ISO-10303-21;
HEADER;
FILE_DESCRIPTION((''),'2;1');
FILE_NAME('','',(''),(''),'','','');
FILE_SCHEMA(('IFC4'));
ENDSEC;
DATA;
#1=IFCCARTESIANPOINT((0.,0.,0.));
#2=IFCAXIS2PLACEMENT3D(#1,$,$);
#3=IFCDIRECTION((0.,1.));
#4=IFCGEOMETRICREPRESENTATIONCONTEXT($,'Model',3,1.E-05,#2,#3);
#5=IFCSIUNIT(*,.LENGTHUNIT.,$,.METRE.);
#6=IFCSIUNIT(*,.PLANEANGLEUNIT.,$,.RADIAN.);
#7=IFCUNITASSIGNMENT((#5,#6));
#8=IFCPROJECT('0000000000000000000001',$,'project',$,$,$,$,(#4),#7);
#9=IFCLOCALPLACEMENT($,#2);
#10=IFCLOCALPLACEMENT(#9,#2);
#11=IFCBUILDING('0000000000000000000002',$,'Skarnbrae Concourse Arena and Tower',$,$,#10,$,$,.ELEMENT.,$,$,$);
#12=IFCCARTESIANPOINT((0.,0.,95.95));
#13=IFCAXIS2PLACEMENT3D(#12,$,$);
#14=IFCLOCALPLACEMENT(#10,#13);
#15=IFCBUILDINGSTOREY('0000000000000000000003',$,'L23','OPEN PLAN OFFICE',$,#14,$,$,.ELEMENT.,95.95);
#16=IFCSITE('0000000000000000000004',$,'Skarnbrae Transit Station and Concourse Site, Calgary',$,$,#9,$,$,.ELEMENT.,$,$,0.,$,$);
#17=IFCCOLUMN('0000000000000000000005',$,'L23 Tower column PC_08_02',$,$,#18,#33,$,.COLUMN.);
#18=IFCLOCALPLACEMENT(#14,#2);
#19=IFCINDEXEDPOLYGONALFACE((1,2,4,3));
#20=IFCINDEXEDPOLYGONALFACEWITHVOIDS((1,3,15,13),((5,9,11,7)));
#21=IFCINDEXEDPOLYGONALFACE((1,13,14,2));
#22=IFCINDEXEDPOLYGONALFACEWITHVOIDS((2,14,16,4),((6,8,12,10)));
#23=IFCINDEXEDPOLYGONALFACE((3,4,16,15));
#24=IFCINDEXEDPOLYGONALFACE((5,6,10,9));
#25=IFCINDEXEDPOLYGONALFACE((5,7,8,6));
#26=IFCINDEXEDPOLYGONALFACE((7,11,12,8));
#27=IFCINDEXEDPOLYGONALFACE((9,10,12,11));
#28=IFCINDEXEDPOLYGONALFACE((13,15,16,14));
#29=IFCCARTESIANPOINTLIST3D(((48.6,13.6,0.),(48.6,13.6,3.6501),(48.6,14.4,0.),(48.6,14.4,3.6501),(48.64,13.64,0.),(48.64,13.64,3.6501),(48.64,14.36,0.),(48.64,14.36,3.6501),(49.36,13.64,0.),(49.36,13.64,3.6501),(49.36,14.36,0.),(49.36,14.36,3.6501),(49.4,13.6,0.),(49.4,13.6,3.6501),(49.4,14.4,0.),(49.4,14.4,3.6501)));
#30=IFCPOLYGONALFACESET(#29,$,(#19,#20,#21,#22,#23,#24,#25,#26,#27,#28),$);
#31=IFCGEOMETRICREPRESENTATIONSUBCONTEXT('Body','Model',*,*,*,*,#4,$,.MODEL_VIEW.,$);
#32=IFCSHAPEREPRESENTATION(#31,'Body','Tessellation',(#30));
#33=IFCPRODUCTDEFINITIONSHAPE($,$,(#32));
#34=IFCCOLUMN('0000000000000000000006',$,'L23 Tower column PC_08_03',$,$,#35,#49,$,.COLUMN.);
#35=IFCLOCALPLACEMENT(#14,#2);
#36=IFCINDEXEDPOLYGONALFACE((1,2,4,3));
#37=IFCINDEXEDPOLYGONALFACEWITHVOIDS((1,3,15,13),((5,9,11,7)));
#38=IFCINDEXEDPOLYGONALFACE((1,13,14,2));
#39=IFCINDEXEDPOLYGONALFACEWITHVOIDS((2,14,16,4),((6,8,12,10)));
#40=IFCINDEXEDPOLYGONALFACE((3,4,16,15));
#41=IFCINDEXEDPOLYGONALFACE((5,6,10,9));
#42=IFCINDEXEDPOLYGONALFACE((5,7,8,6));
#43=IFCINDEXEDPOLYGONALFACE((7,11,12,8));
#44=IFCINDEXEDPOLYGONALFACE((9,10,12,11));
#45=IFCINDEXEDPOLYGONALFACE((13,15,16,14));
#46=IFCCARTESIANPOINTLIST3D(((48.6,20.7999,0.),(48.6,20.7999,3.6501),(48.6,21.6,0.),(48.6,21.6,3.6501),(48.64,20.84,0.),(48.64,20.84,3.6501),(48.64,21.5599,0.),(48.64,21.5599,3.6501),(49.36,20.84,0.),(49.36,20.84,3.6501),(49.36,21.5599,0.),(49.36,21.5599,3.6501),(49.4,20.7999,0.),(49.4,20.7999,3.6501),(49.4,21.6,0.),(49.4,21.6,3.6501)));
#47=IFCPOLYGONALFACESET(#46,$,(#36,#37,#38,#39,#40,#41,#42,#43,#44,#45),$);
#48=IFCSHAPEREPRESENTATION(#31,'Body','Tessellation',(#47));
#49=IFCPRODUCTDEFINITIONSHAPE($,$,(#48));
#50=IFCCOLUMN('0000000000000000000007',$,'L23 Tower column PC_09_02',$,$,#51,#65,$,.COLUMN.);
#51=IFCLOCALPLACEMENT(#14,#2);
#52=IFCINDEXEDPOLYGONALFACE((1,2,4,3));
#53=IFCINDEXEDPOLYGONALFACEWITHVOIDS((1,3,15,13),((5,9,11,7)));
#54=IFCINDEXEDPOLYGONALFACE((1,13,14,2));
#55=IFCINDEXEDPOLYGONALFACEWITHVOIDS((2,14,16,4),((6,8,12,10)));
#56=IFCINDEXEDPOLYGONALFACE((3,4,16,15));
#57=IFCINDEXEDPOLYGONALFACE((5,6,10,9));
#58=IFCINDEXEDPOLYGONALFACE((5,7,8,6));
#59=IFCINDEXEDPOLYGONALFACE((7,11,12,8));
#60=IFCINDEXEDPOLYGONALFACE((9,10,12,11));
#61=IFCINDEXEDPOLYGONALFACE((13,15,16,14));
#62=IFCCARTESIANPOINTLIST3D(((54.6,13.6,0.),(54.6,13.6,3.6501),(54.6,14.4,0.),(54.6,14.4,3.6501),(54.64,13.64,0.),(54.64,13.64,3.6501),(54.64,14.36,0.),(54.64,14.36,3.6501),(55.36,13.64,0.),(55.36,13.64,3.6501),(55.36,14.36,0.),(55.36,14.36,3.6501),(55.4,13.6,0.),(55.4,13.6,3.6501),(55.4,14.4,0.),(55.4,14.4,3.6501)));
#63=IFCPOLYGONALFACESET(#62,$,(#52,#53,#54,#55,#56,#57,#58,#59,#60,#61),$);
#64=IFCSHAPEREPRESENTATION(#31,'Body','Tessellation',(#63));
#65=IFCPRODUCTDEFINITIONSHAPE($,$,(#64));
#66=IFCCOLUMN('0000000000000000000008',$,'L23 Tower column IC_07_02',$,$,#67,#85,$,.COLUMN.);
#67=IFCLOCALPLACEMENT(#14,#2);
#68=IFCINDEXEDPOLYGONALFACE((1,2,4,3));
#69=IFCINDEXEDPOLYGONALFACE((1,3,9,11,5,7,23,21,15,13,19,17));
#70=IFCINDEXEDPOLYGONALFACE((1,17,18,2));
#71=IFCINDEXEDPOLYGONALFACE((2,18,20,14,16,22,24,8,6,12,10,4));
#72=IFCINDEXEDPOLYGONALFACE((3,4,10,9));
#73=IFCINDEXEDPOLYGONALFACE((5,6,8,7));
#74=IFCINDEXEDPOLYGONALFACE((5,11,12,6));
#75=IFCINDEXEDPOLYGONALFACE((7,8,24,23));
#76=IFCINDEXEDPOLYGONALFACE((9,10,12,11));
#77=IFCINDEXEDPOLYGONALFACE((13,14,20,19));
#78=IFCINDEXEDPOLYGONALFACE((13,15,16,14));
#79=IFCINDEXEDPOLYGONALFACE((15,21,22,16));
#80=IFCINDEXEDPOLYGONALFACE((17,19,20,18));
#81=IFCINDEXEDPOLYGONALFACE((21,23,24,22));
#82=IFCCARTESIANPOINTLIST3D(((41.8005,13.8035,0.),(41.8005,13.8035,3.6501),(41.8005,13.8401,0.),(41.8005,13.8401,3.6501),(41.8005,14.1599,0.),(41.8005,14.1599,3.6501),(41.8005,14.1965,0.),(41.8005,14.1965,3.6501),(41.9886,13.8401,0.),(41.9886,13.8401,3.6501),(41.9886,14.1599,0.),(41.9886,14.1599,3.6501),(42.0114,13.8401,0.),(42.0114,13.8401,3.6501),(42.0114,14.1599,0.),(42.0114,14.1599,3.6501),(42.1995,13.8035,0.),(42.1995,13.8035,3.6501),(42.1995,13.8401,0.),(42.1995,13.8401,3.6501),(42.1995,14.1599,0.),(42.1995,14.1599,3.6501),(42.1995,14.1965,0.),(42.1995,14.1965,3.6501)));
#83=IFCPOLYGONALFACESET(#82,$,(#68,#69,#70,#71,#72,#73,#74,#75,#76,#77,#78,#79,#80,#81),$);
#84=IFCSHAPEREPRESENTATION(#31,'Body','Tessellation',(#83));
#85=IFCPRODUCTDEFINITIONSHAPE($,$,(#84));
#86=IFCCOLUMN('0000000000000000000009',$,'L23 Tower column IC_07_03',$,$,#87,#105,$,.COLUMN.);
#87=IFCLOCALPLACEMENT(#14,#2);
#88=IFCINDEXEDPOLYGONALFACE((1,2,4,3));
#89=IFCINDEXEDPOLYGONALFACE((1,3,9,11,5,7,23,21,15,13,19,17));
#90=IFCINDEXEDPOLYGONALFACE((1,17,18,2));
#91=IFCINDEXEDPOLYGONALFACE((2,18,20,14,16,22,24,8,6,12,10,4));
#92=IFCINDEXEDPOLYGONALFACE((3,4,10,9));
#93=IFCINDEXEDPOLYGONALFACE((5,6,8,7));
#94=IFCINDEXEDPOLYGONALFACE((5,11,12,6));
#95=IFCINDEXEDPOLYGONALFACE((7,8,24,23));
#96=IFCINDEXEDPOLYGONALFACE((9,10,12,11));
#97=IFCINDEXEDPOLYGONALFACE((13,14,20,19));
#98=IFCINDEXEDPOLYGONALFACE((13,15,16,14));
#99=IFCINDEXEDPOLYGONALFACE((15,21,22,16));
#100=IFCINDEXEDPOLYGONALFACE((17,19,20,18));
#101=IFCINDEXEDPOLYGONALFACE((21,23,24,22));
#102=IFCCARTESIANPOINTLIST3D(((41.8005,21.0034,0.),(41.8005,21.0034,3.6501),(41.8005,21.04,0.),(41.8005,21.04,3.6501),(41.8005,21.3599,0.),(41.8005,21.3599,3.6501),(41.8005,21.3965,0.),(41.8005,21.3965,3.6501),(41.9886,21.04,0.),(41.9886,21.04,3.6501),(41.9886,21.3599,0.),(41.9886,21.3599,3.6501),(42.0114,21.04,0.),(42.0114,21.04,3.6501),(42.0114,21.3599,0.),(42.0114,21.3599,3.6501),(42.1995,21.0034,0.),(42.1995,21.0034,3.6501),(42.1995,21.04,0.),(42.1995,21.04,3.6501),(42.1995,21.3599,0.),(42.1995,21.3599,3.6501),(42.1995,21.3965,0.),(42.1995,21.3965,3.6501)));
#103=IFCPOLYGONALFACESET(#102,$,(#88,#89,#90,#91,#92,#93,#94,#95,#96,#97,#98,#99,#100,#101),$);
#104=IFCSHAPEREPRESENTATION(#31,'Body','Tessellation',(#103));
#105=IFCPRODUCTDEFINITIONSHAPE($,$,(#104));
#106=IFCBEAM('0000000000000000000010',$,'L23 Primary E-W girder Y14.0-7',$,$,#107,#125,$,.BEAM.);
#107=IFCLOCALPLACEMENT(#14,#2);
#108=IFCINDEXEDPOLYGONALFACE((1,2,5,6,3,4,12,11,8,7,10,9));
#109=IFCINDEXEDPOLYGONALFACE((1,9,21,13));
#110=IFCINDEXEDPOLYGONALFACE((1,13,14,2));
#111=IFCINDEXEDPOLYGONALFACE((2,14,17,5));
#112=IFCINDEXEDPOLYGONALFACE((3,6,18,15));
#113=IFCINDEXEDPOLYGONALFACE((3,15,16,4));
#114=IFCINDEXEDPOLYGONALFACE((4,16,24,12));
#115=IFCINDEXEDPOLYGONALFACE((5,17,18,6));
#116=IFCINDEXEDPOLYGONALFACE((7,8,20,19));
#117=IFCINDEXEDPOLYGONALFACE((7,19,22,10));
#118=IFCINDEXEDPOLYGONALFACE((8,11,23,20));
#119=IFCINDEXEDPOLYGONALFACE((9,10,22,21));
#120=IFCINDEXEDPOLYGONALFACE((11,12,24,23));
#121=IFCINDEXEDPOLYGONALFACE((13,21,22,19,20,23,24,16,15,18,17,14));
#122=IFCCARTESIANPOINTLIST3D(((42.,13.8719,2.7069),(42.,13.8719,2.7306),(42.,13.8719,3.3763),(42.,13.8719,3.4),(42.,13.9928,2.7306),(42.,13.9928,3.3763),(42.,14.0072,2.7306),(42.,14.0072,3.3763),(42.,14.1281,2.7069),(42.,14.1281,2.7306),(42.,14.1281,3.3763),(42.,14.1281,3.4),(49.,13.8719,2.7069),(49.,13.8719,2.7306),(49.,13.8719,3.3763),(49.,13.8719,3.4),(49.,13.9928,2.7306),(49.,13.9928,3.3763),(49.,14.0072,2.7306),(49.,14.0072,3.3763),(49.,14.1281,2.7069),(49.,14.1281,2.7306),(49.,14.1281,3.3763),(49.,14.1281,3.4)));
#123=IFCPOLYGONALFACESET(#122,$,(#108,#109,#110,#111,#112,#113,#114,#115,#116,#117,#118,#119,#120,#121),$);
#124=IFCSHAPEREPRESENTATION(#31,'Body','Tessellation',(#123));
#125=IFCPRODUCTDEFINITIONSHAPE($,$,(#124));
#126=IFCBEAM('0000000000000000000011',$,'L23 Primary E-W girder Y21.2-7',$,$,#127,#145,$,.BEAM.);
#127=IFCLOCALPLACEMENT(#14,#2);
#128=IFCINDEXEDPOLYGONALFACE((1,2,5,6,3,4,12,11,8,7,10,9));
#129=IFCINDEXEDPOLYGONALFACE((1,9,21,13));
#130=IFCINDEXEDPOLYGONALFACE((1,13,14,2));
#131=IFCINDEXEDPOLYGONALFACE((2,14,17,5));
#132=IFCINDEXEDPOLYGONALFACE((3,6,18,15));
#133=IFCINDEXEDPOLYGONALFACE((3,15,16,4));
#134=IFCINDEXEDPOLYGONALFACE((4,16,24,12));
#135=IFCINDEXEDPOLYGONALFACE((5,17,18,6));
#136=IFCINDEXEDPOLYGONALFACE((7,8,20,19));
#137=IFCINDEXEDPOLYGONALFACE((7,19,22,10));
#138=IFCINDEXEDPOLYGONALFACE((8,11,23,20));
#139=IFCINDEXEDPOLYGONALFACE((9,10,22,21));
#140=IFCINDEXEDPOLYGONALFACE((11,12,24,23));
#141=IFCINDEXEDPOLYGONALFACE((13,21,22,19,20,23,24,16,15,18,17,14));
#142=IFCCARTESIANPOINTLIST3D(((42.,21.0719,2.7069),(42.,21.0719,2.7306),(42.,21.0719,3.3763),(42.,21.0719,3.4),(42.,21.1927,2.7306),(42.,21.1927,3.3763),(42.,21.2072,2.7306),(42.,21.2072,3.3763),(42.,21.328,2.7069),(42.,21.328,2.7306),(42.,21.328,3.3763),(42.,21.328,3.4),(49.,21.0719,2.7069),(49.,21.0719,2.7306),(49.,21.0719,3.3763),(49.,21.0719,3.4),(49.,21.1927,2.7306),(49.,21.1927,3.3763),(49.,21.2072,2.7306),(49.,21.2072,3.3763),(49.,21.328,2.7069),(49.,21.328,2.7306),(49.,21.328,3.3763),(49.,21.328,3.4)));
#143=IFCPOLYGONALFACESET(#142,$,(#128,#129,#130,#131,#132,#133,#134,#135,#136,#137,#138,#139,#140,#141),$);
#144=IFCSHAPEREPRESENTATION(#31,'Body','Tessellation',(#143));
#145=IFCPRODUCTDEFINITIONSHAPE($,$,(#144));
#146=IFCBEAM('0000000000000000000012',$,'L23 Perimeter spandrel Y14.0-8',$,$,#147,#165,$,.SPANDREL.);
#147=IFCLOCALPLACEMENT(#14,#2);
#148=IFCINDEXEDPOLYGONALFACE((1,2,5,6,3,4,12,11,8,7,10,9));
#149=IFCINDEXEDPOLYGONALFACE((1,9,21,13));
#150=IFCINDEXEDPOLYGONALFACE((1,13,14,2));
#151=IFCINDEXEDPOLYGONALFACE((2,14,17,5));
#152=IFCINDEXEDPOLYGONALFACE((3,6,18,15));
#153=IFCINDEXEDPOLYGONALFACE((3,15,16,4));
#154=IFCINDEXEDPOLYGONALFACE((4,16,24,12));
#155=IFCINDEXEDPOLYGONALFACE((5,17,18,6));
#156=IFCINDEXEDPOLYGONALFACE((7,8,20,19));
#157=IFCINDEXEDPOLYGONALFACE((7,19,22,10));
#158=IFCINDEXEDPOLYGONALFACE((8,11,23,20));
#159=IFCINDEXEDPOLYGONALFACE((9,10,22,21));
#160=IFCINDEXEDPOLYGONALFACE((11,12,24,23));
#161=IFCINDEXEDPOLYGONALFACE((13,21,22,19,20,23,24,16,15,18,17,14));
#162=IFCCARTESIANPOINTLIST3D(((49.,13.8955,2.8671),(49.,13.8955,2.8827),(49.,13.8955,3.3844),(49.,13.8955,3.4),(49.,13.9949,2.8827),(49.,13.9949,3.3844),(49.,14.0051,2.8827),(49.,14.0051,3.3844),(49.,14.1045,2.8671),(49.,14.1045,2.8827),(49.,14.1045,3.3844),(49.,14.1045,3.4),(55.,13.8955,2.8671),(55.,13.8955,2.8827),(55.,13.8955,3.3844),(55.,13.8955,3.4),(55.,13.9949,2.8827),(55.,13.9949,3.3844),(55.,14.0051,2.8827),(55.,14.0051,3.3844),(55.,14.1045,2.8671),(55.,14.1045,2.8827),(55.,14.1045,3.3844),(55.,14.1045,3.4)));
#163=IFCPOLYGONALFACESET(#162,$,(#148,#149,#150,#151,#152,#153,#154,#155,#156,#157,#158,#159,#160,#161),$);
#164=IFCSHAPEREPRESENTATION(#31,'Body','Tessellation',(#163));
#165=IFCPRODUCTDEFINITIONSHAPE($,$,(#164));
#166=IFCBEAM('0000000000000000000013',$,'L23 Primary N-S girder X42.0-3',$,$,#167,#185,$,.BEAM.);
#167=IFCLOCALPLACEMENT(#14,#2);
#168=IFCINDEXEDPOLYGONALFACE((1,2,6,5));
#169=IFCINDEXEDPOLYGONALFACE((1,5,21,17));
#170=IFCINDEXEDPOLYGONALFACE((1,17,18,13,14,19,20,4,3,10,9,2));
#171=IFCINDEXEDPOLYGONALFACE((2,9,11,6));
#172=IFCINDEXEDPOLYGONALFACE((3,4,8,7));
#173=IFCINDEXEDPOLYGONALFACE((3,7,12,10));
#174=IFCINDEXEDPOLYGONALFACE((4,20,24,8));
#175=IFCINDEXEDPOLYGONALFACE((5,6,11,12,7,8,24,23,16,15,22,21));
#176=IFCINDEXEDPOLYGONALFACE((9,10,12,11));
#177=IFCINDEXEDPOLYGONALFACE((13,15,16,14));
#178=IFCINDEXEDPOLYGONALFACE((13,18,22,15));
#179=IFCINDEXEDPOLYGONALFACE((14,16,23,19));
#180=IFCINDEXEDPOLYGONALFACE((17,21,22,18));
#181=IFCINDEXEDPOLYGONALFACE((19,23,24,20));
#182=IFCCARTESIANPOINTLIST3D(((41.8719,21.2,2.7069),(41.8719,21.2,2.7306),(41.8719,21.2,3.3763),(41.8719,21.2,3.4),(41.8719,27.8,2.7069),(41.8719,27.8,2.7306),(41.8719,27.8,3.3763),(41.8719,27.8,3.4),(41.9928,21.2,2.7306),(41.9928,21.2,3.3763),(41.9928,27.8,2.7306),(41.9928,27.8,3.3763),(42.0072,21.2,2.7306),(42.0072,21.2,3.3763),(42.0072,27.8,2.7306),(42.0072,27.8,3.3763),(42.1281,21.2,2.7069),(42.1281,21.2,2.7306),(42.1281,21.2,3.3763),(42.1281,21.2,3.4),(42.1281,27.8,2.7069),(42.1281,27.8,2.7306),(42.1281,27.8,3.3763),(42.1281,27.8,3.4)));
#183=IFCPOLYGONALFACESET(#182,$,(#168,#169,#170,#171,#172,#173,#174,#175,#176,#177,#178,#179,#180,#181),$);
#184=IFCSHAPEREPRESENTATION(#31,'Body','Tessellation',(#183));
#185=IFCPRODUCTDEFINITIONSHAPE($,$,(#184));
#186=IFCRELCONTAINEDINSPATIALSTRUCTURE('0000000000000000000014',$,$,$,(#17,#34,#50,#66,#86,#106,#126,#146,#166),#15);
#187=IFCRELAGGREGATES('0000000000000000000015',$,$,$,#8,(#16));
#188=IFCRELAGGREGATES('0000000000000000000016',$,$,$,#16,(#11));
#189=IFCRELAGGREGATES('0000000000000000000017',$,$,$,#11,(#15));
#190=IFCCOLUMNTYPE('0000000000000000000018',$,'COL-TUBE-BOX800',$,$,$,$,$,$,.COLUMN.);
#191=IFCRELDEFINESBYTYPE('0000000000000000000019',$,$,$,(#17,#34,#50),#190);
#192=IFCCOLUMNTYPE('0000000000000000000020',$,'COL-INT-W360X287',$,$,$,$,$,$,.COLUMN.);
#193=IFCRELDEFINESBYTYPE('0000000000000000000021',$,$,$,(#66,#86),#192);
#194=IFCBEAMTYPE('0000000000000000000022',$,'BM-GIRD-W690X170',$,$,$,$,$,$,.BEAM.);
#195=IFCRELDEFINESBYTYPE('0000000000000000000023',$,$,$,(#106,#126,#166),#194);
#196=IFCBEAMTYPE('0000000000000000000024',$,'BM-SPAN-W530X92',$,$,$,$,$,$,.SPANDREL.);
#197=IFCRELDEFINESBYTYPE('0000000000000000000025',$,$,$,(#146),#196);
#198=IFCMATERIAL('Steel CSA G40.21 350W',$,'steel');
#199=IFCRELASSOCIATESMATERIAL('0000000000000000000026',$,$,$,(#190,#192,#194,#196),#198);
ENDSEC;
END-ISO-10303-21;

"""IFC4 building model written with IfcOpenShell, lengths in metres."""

from ifc_helpers import new_model, si_unit, direction, frame, origin, origin_2d, place, context, subcontext, project, spatial, hollow_rectangle, i_section, extrude, source, transform, mapped, material, material_profile, profile_set, type_object, element, save


model = new_model("IFC4")

# Units and contexts
model_context = context("Model", 3, precision=1e-05, world=origin(), true_north=direction((0.0, 1.0)))
body_context = subcontext(model_context, "Body", "Model", "MODEL_VIEW")
ifc_project = project(units=[si_unit("LENGTHUNIT", "METRE"), si_unit("PLANEANGLEUNIT", "RADIAN")], contexts=[model_context])

# Site, building, storey
site_placement = place(None, origin())
site = spatial("IfcSite", under=ifc_project, at=site_placement, Name="Skarnbrae Transit Station and Concourse Site, Calgary", CompositionType="ELEMENT", RefElevation=0.0)
building_placement = place(site_placement, origin())
building = spatial("IfcBuilding", under=site, at=building_placement, Name="Skarnbrae Concourse Arena and Tower", CompositionType="ELEMENT")
storey_placement = place(building_placement, frame((0.0, 0.0, 95.95)))
storey = spatial("IfcBuildingStorey", under=building, at=storey_placement, Name="L23", Description="OPEN PLAN OFFICE", CompositionType="ELEMENT", Elevation=95.95)

# Columns
ifc_material_1 = material(Name="Steel CSA G40.21 350W", Category="steel")
ifc_material_profile_1 = material_profile(ifc_material_1, hollow_rectangle(XDim=0.8, YDim=0.8, WallThickness=0.04, at=origin_2d()), Name="BOX800X800X40")
ifc_profile_set_1 = profile_set([ifc_material_profile_1], Name="Steel CSA G40.21 350W")
column_type_1 = type_object("IfcColumnType", Name="COL-TUBE-BOX800", PredefinedType="COLUMN", material=ifc_profile_set_1)
shared_shape_1 = source(origin(), body_context, "Body", "SweptSolid", [
    extrude(hollow_rectangle(XDim=0.8, YDim=0.8, WallThickness=0.04, at=origin_2d()), origin(), (0.0, 0.0, 1.0), 3.6501),
])
for number, where, z_axis, x_axis, name in (
    (1, (49.0, 14.0, 0.0), (0.0, 0.0, 1.0), (1.0, 0.0, 0.0), "L23 Tower column PC_08_02"),
    (2, (49.0, 21.2, 0.0), (0.0, 0.0, 1.0), (1.0, 0.0, 0.0), "L23 Tower column PC_08_03"),
    (3, (55.0, 14.0, 0.0), (0.0, 0.0, 1.0), (1.0, 0.0, 0.0), "L23 Tower column PC_09_02"),
):
    element("IfcColumn", number, at=place(storey_placement, frame(where, z_axis=z_axis, x_axis=x_axis)), inside=storey, type_object=column_type_1, Name=name, PredefinedType="COLUMN", context=body_context, shape_type="MappedRepresentation", body=[
        mapped(shared_shape_1, transform((0.0, 0.0, 0.0))),
    ])
ifc_material_profile_2 = material_profile(ifc_material_1, i_section(OverallWidth=0.3989, OverallDepth=0.3931, WebThickness=0.0227, FlangeThickness=0.0366, at=origin_2d()), Name="W360X287")
ifc_profile_set_2 = profile_set([ifc_material_profile_2], Name="Steel CSA G40.21 350W")
column_type_2 = type_object("IfcColumnType", Name="COL-INT-W360X287", PredefinedType="COLUMN", material=ifc_profile_set_2)
shared_shape_2 = source(origin(), body_context, "Body", "SweptSolid", [
    extrude(i_section(OverallWidth=0.3989, OverallDepth=0.3931, WebThickness=0.0227, FlangeThickness=0.0366, at=origin_2d()), origin(), (0.0, 0.0, 1.0), 3.6501),
])
for number, where, z_axis, x_axis, name in (
    (4, (42.0, 14.0, 0.0), (0.0, 0.0, 1.0), (1.0, 0.0, 0.0), "L23 Tower column IC_07_02"),
    (5, (42.0, 21.2, 0.0), (0.0, 0.0, 1.0), (1.0, 0.0, 0.0), "L23 Tower column IC_07_03"),
):
    element("IfcColumn", number, at=place(storey_placement, frame(where, z_axis=z_axis, x_axis=x_axis)), inside=storey, type_object=column_type_2, Name=name, PredefinedType="COLUMN", context=body_context, shape_type="MappedRepresentation", body=[
        mapped(shared_shape_2, transform((0.0, 0.0, 0.0))),
    ])

# Beams
ifc_material_profile_3 = material_profile(ifc_material_1, i_section(OverallWidth=0.2561, OverallDepth=0.6931, WebThickness=0.0144, FlangeThickness=0.0237, at=origin_2d()), Name="W690X170")
ifc_profile_set_3 = profile_set([ifc_material_profile_3], Name="Steel CSA G40.21 350W")
beam_type_1 = type_object("IfcBeamType", Name="BM-GIRD-W690X170", PredefinedType="BEAM", material=ifc_profile_set_3)
shared_shape_3 = source(origin(), body_context, "Body", "SweptSolid", [
    extrude(i_section(OverallWidth=0.2561, OverallDepth=0.6931, WebThickness=0.0144, FlangeThickness=0.0237, at=origin_2d()), origin(), (0.0, 0.0, 1.0), 7.0),
])
for number, where, z_axis, x_axis, name in (
    (6, (42.0, 14.0, 3.0535), (1.0, 0.0, 0.0), (0.0, 1.0, 0.0), "L23 Primary E-W girder Y14.0-7"),
    (7, (42.0, 21.2, 3.0535), (1.0, 0.0, 0.0), (0.0, 1.0, 0.0), "L23 Primary E-W girder Y21.2-7"),
):
    element("IfcBeam", number, at=place(storey_placement, frame(where, z_axis=z_axis, x_axis=x_axis)), inside=storey, type_object=beam_type_1, Name=name, PredefinedType="BEAM", context=body_context, shape_type="MappedRepresentation", body=[
        mapped(shared_shape_3, transform((0.0, 0.0, 0.0))),
    ])
ifc_material_profile_4 = material_profile(ifc_material_1, i_section(OverallWidth=0.209, OverallDepth=0.533, WebThickness=0.0103, FlangeThickness=0.0156, at=origin_2d()), Name="W530X92")
ifc_profile_set_4 = profile_set([ifc_material_profile_4], Name="Steel CSA G40.21 350W")
beam_type_2 = type_object("IfcBeamType", Name="BM-SPAN-W530X92", PredefinedType="SPANDREL", material=ifc_profile_set_4)
shared_shape_4 = source(origin(), body_context, "Body", "SweptSolid", [
    extrude(i_section(OverallWidth=0.209, OverallDepth=0.533, WebThickness=0.0103, FlangeThickness=0.0156, at=origin_2d()), origin(), (0.0, 0.0, 1.0), 6.0),
])
beam_1_placement = place(storey_placement, frame((49.0, 14.0, 3.1335), z_axis=(1.0, 0.0, 0.0), x_axis=(0.0, 1.0, 0.0)))
element("IfcBeam", 8, at=beam_1_placement, inside=storey, type_object=beam_type_2, Name="L23 Perimeter spandrel Y14.0-8", PredefinedType="SPANDREL", context=body_context, shape_type="MappedRepresentation", body=[
    mapped(shared_shape_4, transform((0.0, 0.0, 0.0))),
])
shared_shape_5 = source(origin(), body_context, "Body", "SweptSolid", [
    extrude(i_section(OverallWidth=0.2561, OverallDepth=0.6931, WebThickness=0.0144, FlangeThickness=0.0237, at=origin_2d()), origin(), (0.0, 0.0, 1.0), 6.6001),
])
beam_2_placement = place(storey_placement, frame((42.0, 21.2, 3.0535), z_axis=(0.0, 1.0, 0.0), x_axis=(-1.0, 0.0, 0.0)))
element("IfcBeam", 9, at=beam_2_placement, inside=storey, type_object=beam_type_1, Name="L23 Primary N-S girder X42.0-3", PredefinedType="BEAM", context=body_context, shape_type="MappedRepresentation", body=[
    mapped(shared_shape_5, transform((0.0, 0.0, 0.0))),
])

save(model, "model.ifc")
